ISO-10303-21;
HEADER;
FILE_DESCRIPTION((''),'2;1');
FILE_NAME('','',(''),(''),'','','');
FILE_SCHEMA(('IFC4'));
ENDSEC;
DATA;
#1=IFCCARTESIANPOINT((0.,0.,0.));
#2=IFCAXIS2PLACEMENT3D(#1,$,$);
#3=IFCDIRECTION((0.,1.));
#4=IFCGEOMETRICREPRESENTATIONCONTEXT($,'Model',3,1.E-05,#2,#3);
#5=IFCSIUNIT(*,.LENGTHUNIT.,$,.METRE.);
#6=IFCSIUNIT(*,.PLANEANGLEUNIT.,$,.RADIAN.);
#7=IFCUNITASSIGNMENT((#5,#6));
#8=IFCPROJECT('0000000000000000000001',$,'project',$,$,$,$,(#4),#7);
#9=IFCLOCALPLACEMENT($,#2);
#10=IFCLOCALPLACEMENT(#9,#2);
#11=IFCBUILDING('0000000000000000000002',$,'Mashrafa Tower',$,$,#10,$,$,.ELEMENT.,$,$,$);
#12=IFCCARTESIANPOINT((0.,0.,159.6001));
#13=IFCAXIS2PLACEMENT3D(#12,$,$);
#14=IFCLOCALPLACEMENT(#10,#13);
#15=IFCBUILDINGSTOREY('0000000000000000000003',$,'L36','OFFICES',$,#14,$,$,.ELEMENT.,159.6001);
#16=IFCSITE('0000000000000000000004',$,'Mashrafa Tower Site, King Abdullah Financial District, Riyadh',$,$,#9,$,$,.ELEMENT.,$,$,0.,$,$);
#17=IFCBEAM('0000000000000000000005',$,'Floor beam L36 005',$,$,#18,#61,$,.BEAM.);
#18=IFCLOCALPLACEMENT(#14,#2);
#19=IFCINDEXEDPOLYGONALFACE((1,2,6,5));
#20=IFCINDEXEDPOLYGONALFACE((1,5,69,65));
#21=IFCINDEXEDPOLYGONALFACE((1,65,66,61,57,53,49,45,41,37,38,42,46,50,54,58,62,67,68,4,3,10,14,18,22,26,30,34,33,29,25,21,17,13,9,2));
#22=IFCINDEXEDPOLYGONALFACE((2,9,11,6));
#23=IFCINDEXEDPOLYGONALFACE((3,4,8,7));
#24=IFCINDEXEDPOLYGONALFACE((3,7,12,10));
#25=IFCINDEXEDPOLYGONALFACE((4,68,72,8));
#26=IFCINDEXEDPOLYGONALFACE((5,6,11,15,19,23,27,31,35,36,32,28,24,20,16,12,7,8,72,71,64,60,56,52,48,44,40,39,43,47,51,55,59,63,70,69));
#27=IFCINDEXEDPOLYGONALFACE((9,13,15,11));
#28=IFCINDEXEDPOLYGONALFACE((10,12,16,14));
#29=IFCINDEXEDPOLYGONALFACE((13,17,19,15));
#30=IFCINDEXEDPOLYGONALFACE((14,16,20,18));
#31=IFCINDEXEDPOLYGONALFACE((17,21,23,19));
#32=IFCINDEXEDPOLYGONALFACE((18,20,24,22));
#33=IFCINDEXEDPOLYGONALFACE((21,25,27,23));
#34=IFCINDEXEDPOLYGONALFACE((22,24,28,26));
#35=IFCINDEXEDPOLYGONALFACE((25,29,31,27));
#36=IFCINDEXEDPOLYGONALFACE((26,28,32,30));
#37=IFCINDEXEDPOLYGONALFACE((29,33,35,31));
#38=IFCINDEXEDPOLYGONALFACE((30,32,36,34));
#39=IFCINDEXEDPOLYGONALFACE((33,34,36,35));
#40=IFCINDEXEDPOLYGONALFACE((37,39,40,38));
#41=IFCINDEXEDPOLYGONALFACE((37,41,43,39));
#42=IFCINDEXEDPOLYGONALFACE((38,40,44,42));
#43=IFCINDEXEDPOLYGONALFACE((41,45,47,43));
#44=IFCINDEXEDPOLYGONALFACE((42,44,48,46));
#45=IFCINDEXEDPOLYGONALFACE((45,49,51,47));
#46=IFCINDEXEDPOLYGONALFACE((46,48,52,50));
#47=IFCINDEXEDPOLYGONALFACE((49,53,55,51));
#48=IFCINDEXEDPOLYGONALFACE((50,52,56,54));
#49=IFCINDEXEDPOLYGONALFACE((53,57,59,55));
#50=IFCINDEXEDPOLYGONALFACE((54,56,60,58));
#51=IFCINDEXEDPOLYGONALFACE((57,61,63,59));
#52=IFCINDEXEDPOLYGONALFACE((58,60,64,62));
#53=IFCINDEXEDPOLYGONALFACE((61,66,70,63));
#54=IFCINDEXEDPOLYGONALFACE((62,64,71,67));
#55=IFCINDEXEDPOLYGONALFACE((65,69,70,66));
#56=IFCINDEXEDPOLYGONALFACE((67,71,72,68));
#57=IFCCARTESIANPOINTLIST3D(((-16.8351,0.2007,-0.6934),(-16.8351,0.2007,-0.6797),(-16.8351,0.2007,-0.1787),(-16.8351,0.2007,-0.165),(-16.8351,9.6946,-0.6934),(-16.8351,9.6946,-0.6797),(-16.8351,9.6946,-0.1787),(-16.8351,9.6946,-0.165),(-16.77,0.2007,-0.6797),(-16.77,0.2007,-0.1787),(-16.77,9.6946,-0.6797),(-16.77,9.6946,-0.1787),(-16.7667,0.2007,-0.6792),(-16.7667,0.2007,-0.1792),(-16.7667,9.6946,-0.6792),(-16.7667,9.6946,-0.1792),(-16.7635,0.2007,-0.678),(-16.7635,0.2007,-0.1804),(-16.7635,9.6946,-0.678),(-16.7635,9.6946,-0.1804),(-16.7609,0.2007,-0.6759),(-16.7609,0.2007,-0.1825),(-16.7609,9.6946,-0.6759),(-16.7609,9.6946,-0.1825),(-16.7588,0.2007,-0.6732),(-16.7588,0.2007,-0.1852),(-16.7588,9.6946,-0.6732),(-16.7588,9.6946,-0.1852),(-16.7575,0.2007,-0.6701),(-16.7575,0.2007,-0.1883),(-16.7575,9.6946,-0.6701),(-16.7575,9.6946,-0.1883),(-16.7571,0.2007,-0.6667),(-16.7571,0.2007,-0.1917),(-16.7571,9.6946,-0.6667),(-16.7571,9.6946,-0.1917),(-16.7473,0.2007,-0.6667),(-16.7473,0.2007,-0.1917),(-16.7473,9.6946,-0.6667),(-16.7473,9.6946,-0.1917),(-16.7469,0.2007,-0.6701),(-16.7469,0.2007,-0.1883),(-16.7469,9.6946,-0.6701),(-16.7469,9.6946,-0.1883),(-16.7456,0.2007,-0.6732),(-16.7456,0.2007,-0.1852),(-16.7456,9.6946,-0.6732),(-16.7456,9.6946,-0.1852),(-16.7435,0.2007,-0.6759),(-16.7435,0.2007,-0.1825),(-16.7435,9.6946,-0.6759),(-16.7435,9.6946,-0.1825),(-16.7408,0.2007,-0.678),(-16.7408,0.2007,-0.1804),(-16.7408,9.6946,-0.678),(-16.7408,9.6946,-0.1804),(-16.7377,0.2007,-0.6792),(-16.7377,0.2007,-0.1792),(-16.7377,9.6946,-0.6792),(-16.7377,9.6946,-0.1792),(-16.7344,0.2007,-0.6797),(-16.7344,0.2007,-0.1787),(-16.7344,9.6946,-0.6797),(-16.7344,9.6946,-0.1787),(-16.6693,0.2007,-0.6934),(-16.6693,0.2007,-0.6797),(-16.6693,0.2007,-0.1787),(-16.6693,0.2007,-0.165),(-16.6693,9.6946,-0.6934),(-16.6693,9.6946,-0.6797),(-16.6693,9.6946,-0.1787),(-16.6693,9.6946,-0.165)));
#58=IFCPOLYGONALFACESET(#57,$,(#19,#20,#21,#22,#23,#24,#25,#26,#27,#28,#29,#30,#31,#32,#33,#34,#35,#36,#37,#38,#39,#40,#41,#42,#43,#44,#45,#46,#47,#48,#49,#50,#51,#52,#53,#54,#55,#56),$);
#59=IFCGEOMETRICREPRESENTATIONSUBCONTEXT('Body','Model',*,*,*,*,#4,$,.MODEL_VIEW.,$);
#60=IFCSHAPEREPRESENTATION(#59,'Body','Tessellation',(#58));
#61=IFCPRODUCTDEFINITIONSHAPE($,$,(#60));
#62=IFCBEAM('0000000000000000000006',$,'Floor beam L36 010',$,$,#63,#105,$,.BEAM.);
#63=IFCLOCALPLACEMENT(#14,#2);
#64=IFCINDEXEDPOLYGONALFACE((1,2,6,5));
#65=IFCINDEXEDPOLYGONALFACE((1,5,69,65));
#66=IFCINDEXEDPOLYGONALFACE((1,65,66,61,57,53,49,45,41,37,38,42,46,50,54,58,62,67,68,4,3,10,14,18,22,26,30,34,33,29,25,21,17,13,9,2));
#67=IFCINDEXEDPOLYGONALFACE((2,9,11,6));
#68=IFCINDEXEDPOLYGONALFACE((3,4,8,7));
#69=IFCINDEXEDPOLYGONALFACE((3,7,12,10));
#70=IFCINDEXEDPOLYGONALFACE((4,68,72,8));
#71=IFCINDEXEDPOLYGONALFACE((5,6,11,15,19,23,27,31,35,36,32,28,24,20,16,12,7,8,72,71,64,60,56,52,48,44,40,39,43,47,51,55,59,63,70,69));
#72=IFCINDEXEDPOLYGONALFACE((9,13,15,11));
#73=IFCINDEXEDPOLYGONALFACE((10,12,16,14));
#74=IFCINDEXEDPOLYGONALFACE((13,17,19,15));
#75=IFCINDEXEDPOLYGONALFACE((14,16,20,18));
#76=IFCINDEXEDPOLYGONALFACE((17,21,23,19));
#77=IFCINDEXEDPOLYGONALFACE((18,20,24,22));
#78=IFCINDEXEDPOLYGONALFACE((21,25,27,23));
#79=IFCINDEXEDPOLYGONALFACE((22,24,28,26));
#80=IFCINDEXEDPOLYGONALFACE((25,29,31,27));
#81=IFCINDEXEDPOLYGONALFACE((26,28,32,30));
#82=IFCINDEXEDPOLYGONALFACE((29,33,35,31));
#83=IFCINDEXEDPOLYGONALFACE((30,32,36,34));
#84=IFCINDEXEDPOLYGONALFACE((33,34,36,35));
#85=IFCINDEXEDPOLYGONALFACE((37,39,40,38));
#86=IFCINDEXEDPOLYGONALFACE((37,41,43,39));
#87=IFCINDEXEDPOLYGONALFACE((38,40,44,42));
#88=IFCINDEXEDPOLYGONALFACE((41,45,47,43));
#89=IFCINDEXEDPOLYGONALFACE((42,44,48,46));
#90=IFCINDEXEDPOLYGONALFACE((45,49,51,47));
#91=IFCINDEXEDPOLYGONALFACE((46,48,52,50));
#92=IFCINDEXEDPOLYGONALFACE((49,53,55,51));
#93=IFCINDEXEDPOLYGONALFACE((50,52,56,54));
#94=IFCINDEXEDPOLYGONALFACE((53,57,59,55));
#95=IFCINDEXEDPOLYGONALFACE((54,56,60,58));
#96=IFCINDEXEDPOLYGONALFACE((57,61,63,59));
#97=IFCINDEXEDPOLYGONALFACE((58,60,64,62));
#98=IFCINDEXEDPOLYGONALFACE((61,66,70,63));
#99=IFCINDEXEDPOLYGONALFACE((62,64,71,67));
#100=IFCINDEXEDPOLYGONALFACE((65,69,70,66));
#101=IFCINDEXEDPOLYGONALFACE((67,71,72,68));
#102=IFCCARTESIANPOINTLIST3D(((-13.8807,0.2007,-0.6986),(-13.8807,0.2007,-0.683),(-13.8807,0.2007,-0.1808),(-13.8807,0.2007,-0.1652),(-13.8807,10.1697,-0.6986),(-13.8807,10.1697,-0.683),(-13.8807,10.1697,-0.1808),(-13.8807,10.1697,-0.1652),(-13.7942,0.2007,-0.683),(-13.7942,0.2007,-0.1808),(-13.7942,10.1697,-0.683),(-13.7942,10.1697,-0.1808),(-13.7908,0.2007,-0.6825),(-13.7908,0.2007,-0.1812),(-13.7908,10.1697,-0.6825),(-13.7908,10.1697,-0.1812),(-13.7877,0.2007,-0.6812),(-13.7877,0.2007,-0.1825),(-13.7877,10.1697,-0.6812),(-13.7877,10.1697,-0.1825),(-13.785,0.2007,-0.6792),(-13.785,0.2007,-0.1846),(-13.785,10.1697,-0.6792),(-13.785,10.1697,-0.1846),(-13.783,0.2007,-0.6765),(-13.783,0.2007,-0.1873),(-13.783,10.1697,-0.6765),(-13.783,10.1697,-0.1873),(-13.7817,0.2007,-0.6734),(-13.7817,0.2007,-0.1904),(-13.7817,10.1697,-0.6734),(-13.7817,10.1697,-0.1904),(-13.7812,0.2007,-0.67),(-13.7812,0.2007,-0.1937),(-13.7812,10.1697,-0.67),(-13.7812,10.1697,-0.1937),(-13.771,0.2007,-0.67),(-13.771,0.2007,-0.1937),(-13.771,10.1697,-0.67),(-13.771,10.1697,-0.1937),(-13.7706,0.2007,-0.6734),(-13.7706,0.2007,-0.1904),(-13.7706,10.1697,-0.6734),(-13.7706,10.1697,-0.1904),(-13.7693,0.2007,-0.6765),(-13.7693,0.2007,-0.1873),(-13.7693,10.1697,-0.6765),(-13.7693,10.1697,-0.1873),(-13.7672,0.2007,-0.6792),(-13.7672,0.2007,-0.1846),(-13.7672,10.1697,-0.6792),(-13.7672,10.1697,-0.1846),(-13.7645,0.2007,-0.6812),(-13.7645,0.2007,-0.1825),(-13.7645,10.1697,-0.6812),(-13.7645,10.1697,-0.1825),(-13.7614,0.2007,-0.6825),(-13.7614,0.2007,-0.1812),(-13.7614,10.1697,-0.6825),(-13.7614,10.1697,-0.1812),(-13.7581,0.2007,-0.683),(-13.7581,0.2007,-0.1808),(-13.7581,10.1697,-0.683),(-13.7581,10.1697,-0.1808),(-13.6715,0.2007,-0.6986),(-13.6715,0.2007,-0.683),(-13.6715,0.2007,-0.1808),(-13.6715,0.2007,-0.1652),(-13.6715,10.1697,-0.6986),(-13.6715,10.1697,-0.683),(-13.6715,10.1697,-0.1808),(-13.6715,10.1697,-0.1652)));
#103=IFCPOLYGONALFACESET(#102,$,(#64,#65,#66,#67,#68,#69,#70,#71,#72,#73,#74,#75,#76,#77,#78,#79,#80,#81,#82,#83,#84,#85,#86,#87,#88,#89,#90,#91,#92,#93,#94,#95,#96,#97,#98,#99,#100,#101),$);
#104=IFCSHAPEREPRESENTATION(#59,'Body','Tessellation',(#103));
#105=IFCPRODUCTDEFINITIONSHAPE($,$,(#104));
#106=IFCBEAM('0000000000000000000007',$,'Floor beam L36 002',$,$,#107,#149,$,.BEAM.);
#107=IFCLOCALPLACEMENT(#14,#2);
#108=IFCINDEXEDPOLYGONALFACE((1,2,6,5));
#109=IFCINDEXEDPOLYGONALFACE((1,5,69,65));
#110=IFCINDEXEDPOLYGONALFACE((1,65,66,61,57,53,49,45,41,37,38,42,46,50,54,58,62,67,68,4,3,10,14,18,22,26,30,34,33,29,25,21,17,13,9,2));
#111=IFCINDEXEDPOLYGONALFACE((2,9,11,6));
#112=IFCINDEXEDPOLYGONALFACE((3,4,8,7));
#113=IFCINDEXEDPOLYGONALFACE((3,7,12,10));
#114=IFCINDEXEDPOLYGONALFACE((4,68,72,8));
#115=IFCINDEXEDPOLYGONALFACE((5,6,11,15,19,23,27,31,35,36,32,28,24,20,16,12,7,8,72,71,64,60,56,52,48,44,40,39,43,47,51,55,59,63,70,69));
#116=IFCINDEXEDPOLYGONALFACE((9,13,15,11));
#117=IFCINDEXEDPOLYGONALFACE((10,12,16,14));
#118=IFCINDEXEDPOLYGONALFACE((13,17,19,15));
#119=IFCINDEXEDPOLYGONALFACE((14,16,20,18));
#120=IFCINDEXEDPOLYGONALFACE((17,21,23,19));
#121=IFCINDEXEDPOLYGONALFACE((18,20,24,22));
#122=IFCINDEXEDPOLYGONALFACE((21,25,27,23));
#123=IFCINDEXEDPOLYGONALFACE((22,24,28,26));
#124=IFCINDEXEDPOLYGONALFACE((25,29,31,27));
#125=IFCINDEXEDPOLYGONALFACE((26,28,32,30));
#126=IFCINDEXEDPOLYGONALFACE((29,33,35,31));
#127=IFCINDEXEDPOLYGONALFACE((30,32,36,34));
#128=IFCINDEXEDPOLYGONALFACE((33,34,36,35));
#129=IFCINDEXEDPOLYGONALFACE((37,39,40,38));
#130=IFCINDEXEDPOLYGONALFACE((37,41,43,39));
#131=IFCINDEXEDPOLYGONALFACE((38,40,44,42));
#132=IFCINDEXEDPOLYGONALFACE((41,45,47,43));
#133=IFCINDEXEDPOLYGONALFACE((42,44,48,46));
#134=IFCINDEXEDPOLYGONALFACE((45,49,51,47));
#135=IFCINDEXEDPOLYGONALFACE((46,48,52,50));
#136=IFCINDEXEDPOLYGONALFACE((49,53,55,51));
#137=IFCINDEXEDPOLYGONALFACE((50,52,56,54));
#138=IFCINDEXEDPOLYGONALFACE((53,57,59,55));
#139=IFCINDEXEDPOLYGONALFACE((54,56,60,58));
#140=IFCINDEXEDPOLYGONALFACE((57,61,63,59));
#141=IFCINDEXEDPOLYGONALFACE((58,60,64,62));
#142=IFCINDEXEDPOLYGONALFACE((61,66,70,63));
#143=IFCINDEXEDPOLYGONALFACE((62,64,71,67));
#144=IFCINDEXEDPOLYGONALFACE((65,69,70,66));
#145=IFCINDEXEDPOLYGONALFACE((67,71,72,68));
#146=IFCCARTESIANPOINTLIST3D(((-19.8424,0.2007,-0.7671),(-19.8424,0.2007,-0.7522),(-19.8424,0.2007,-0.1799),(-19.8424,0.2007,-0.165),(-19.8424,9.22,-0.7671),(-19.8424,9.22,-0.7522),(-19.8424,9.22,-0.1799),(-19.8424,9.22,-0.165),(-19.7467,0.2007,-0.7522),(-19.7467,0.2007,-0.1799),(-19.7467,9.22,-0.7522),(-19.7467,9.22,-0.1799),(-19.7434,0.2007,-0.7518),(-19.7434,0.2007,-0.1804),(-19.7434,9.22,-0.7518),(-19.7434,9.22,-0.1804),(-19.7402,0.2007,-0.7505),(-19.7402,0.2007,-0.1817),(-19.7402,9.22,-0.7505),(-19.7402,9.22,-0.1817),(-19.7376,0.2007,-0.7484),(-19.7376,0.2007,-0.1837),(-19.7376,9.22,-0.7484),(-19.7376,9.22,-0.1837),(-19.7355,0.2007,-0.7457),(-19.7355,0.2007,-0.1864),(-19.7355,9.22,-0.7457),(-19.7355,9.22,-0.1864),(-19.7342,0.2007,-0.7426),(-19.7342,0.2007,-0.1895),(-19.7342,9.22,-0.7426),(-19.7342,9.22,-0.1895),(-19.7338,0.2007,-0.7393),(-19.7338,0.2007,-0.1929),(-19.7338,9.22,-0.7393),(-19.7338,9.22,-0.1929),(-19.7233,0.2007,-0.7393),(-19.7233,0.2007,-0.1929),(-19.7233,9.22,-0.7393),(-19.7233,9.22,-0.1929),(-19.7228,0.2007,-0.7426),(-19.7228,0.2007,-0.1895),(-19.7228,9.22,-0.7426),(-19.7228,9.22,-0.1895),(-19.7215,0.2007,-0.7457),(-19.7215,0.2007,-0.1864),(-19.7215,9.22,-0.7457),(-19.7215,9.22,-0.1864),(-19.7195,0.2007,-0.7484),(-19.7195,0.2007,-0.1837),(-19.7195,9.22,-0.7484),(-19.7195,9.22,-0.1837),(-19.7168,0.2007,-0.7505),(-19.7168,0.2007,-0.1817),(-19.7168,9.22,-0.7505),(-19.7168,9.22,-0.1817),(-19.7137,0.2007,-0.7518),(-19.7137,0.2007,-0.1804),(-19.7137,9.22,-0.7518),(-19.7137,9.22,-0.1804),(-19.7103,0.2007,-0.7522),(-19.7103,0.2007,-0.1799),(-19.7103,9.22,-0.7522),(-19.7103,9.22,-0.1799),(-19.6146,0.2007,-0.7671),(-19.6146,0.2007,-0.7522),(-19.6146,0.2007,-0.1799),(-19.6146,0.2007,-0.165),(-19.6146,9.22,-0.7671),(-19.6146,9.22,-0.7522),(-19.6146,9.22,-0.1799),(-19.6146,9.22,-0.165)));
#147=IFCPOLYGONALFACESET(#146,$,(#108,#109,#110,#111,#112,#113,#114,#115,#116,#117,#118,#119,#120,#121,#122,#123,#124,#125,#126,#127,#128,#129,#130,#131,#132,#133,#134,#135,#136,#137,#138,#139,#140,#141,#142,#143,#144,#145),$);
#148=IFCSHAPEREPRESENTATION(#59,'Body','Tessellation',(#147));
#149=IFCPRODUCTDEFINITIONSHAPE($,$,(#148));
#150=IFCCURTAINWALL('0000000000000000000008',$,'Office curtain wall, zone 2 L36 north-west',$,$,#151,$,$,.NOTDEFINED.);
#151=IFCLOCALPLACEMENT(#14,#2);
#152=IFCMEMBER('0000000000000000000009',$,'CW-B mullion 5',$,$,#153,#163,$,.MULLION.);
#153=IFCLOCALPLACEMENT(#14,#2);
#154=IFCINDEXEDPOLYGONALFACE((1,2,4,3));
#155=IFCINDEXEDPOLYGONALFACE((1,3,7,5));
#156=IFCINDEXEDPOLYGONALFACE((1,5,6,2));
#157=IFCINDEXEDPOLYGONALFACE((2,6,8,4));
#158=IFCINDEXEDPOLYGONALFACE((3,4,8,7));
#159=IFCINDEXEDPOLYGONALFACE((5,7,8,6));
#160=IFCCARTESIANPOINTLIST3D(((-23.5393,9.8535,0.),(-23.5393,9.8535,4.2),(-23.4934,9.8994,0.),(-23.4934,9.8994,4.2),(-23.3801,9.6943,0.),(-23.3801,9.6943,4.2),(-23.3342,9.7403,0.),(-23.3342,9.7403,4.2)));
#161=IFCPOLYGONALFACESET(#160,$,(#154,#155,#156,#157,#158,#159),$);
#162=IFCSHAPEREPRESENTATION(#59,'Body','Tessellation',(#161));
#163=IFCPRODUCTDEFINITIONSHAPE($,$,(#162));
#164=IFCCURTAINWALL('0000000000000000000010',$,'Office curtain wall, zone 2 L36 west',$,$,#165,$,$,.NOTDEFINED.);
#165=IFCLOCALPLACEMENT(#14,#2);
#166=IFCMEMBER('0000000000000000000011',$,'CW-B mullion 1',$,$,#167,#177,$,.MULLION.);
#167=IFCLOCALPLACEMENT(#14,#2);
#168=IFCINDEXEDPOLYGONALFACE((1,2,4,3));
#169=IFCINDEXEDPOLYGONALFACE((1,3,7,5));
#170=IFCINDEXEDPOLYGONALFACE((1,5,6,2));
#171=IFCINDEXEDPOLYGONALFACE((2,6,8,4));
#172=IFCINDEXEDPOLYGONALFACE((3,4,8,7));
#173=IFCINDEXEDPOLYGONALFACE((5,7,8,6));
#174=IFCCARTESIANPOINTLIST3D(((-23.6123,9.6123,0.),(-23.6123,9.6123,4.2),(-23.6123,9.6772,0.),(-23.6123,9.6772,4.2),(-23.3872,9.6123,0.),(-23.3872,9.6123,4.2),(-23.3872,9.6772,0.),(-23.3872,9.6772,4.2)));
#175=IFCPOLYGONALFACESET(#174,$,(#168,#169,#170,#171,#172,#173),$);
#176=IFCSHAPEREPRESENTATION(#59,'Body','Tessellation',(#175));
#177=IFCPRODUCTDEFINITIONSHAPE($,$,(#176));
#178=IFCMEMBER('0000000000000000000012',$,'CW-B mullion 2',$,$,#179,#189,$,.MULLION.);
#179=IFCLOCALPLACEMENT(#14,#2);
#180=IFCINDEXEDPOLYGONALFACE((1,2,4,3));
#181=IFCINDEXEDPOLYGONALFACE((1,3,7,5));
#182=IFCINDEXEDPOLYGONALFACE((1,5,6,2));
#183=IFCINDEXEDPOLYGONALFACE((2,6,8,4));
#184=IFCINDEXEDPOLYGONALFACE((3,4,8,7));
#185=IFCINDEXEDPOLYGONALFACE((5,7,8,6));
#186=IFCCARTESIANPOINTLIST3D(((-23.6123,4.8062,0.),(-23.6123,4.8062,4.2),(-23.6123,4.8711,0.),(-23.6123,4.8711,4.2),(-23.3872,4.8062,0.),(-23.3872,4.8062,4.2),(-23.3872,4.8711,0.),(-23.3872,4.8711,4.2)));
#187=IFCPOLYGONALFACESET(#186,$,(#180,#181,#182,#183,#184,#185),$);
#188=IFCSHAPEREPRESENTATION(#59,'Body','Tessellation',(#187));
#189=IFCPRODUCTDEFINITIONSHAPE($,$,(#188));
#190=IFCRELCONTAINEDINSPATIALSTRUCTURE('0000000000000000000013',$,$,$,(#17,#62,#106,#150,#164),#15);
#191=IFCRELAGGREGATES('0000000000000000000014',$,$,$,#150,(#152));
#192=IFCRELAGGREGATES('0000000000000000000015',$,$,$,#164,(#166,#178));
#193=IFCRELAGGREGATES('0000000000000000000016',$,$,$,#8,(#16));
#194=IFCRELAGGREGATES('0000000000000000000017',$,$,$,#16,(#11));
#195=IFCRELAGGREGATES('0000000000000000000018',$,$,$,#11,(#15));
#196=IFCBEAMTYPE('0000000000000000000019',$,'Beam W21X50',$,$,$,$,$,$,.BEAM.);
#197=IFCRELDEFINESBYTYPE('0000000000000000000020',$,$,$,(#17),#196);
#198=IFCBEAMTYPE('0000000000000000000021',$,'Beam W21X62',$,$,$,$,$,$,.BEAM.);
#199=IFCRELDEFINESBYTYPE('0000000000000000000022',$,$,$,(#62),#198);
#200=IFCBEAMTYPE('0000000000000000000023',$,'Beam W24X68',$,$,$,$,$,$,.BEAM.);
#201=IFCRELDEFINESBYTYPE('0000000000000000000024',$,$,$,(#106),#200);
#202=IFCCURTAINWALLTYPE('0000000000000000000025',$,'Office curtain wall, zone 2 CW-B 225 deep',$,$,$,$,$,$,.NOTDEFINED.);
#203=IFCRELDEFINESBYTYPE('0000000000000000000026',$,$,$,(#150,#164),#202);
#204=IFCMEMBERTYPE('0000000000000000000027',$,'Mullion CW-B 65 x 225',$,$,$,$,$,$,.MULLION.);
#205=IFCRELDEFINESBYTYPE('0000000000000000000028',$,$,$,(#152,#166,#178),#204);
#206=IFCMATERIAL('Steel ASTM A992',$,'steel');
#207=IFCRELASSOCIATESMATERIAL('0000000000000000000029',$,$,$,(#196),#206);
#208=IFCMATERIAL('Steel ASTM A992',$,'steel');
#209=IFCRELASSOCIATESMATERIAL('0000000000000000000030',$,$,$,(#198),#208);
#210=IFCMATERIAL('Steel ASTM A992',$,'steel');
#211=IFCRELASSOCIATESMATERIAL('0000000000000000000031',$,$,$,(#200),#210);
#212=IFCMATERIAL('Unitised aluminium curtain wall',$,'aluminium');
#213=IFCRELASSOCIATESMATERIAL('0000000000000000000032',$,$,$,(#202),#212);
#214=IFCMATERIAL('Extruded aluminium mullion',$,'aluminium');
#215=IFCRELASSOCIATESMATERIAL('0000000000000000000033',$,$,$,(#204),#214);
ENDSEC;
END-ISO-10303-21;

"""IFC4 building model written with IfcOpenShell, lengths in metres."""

from ifc_helpers import new_model, si_unit, direction, frame, origin, origin_2d, place, context, subcontext, project, spatial, rectangle, i_section, extrude, source, transform, mapped, material, material_profile, profile_set, type_object, type_shapes, element, aggregate, save


model = new_model("IFC4")

# Units and contexts
model_context = context("Model", 3, precision=1e-05, world=origin(), true_north=direction((0.0, 1.0)))
body_context = subcontext(model_context, "Body", "Model", "MODEL_VIEW")
ifc_project = project(units=[si_unit("LENGTHUNIT", "METRE"), si_unit("PLANEANGLEUNIT", "RADIAN")], contexts=[model_context])

# Site, building, storey
site_placement = place(None, origin())
site = spatial("IfcSite", under=ifc_project, at=site_placement, Name="Mashrafa Tower Site, King Abdullah Financial District, Riyadh", CompositionType="ELEMENT", RefElevation=0.0)
building_placement = place(site_placement, origin())
building = spatial("IfcBuilding", under=site, at=building_placement, Name="Mashrafa Tower", CompositionType="ELEMENT")
storey_placement = place(building_placement, frame((0.0, 0.0, 159.6001)))
storey = spatial("IfcBuildingStorey", under=building, at=storey_placement, Name="L36", Description="OFFICES", CompositionType="ELEMENT", Elevation=159.6001)

# Beams
ifc_material_1 = material(Name="Steel ASTM A992", Category="steel")
ifc_material_profile_1 = material_profile(ifc_material_1, i_section(OverallWidth=0.1658, OverallDepth=0.5283, WebThickness=0.0098, FlangeThickness=0.0137, FilletRadius=0.0129, at=origin_2d()), Name="W21X50")
ifc_profile_set_1 = profile_set([ifc_material_profile_1], Name="Steel ASTM A992")
beam_type_1 = type_object("IfcBeamType", Name="Beam W21X50", PredefinedType="BEAM", material=ifc_profile_set_1)
beam_1_placement = place(storey_placement, frame((-16.7522, 0.2007, -0.4292), z_axis=(0.0, 1.0, 0.0), x_axis=(-1.0, 0.0, 0.0)))
element("IfcBeam", 1, at=beam_1_placement, inside=storey, type_object=beam_type_1, Name="Floor beam L36 005", PredefinedType="BEAM", context=body_context, shape_type="SweptSolid", body=[
    extrude(i_section(OverallWidth=0.1658, OverallDepth=0.5283, WebThickness=0.0098, FlangeThickness=0.0137, FilletRadius=0.0129, at=origin_2d()), origin(), (0.0, 0.0, 1.0), 9.4939),
])
ifc_material_2 = material(Name="Steel ASTM A992", Category="steel")
ifc_material_profile_2 = material_profile(ifc_material_2, i_section(OverallWidth=0.2092, OverallDepth=0.5334, WebThickness=0.0103, FlangeThickness=0.0156, FilletRadius=0.0129, at=origin_2d()), Name="W21X62")
ifc_profile_set_2 = profile_set([ifc_material_profile_2], Name="Steel ASTM A992")
beam_type_2 = type_object("IfcBeamType", Name="Beam W21X62", PredefinedType="BEAM", material=ifc_profile_set_2)
beam_2_placement = place(storey_placement, frame((-13.7761, 0.2007, -0.4319), z_axis=(0.0, 1.0, 0.0), x_axis=(-1.0, 0.0, 0.0)))
element("IfcBeam", 2, at=beam_2_placement, inside=storey, type_object=beam_type_2, Name="Floor beam L36 010", PredefinedType="BEAM", context=body_context, shape_type="SweptSolid", body=[
    extrude(i_section(OverallWidth=0.2092, OverallDepth=0.5334, WebThickness=0.0103, FlangeThickness=0.0156, FilletRadius=0.0129, at=origin_2d()), origin(), (0.0, 0.0, 1.0), 9.969),
])
ifc_material_3 = material(Name="Steel ASTM A992", Category="steel")
ifc_material_profile_3 = material_profile(ifc_material_3, i_section(OverallWidth=0.2278, OverallDepth=0.6021, WebThickness=0.0105, FlangeThickness=0.0149, FilletRadius=0.0129, at=origin_2d()), Name="W24X68")
ifc_profile_set_3 = profile_set([ifc_material_profile_3], Name="Steel ASTM A992")
beam_type_3 = type_object("IfcBeamType", Name="Beam W24X68", PredefinedType="BEAM", material=ifc_profile_set_3)
beam_3_placement = place(storey_placement, frame((-19.7285, 0.2007, -0.4661), z_axis=(0.0, 1.0, 0.0), x_axis=(-1.0, 0.0, 0.0)))
element("IfcBeam", 3, at=beam_3_placement, inside=storey, type_object=beam_type_3, Name="Floor beam L36 002", PredefinedType="BEAM", context=body_context, shape_type="SweptSolid", body=[
    extrude(i_section(OverallWidth=0.2278, OverallDepth=0.6021, WebThickness=0.0105, FlangeThickness=0.0149, FilletRadius=0.0129, at=origin_2d()), origin(), (0.0, 0.0, 1.0), 9.0193),
])

# Curtain wall, member
ifc_material_4 = material(Name="Unitised aluminium curtain wall", Category="aluminium")
curtain_wall_type = type_object("IfcCurtainWallType", Name="Office curtain wall, zone 2 CW-B 225 deep", PredefinedType="NOTDEFINED", material=ifc_material_4)
curtain_wall_1_placement = place(storey_placement, origin())
curtain_wall_1 = element("IfcCurtainWall", 4, at=curtain_wall_1_placement, inside=storey, type_object=curtain_wall_type, Name="Office curtain wall, zone 2 L36 north-west", PredefinedType="NOTDEFINED")
ifc_material_5 = material(Name="Extruded aluminium mullion", Category="aluminium")
ifc_material_profile_4 = material_profile(ifc_material_5, rectangle(XDim=0.2251, YDim=0.0649, at=origin_2d()), Name="Mullion 65x225")
ifc_profile_set_4 = profile_set([ifc_material_profile_4], Name="Extruded aluminium mullion")
member_type_1 = type_object("IfcMemberType", Name="Mullion CW-B 65 x 225", PredefinedType="MULLION", material=ifc_profile_set_4)
shared_shape_1 = source(origin(), body_context, "Body", "SweptSolid", [
    extrude(rectangle(XDim=0.2251, YDim=0.0649, at=origin_2d()), origin(), (0.0, 0.0, 1.0), 4.2),
])
type_shapes(member_type_1, [shared_shape_1])
member_1_placement = place(storey_placement, frame((-23.4368, 9.7969, 0.0), z_axis=(0.0, 0.0, 1.0), x_axis=(0.707107, -0.707107, 0.0)))
member_1 = element("IfcMember", 5, at=member_1_placement, type_object=member_type_1, Name="CW-B mullion 5", PredefinedType="MULLION", context=body_context, shape_type="MappedRepresentation", body=[
    mapped(shared_shape_1, transform((0.0, 0.0, 0.0))),
])
aggregate(curtain_wall_1, [member_1])

# Curtain wall, members
curtain_wall_2_placement = place(storey_placement, origin())
curtain_wall_2 = element("IfcCurtainWall", 6, at=curtain_wall_2_placement, inside=storey, type_object=curtain_wall_type, Name="Office curtain wall, zone 2 L36 west", PredefinedType="NOTDEFINED")
member_2_placement = place(storey_placement, frame((-23.4998, 9.6448, 0.0), z_axis=(0.0, 0.0, 1.0), x_axis=(1.0, 0.0, 0.0)))
member_2 = element("IfcMember", 7, at=member_2_placement, type_object=member_type_1, Name="CW-B mullion 1", PredefinedType="MULLION", context=body_context, shape_type="MappedRepresentation", body=[
    mapped(shared_shape_1, transform((0.0, 0.0, 0.0))),
])
member_3_placement = place(storey_placement, frame((-23.4998, 4.8386, 0.0), z_axis=(0.0, 0.0, 1.0), x_axis=(1.0, 0.0, 0.0)))
member_3 = element("IfcMember", 8, at=member_3_placement, type_object=member_type_1, Name="CW-B mullion 2", PredefinedType="MULLION", context=body_context, shape_type="MappedRepresentation", body=[
    mapped(shared_shape_1, transform((0.0, 0.0, 0.0))),
])
aggregate(curtain_wall_2, [member_2, member_3])

save(model, "model.ifc")
